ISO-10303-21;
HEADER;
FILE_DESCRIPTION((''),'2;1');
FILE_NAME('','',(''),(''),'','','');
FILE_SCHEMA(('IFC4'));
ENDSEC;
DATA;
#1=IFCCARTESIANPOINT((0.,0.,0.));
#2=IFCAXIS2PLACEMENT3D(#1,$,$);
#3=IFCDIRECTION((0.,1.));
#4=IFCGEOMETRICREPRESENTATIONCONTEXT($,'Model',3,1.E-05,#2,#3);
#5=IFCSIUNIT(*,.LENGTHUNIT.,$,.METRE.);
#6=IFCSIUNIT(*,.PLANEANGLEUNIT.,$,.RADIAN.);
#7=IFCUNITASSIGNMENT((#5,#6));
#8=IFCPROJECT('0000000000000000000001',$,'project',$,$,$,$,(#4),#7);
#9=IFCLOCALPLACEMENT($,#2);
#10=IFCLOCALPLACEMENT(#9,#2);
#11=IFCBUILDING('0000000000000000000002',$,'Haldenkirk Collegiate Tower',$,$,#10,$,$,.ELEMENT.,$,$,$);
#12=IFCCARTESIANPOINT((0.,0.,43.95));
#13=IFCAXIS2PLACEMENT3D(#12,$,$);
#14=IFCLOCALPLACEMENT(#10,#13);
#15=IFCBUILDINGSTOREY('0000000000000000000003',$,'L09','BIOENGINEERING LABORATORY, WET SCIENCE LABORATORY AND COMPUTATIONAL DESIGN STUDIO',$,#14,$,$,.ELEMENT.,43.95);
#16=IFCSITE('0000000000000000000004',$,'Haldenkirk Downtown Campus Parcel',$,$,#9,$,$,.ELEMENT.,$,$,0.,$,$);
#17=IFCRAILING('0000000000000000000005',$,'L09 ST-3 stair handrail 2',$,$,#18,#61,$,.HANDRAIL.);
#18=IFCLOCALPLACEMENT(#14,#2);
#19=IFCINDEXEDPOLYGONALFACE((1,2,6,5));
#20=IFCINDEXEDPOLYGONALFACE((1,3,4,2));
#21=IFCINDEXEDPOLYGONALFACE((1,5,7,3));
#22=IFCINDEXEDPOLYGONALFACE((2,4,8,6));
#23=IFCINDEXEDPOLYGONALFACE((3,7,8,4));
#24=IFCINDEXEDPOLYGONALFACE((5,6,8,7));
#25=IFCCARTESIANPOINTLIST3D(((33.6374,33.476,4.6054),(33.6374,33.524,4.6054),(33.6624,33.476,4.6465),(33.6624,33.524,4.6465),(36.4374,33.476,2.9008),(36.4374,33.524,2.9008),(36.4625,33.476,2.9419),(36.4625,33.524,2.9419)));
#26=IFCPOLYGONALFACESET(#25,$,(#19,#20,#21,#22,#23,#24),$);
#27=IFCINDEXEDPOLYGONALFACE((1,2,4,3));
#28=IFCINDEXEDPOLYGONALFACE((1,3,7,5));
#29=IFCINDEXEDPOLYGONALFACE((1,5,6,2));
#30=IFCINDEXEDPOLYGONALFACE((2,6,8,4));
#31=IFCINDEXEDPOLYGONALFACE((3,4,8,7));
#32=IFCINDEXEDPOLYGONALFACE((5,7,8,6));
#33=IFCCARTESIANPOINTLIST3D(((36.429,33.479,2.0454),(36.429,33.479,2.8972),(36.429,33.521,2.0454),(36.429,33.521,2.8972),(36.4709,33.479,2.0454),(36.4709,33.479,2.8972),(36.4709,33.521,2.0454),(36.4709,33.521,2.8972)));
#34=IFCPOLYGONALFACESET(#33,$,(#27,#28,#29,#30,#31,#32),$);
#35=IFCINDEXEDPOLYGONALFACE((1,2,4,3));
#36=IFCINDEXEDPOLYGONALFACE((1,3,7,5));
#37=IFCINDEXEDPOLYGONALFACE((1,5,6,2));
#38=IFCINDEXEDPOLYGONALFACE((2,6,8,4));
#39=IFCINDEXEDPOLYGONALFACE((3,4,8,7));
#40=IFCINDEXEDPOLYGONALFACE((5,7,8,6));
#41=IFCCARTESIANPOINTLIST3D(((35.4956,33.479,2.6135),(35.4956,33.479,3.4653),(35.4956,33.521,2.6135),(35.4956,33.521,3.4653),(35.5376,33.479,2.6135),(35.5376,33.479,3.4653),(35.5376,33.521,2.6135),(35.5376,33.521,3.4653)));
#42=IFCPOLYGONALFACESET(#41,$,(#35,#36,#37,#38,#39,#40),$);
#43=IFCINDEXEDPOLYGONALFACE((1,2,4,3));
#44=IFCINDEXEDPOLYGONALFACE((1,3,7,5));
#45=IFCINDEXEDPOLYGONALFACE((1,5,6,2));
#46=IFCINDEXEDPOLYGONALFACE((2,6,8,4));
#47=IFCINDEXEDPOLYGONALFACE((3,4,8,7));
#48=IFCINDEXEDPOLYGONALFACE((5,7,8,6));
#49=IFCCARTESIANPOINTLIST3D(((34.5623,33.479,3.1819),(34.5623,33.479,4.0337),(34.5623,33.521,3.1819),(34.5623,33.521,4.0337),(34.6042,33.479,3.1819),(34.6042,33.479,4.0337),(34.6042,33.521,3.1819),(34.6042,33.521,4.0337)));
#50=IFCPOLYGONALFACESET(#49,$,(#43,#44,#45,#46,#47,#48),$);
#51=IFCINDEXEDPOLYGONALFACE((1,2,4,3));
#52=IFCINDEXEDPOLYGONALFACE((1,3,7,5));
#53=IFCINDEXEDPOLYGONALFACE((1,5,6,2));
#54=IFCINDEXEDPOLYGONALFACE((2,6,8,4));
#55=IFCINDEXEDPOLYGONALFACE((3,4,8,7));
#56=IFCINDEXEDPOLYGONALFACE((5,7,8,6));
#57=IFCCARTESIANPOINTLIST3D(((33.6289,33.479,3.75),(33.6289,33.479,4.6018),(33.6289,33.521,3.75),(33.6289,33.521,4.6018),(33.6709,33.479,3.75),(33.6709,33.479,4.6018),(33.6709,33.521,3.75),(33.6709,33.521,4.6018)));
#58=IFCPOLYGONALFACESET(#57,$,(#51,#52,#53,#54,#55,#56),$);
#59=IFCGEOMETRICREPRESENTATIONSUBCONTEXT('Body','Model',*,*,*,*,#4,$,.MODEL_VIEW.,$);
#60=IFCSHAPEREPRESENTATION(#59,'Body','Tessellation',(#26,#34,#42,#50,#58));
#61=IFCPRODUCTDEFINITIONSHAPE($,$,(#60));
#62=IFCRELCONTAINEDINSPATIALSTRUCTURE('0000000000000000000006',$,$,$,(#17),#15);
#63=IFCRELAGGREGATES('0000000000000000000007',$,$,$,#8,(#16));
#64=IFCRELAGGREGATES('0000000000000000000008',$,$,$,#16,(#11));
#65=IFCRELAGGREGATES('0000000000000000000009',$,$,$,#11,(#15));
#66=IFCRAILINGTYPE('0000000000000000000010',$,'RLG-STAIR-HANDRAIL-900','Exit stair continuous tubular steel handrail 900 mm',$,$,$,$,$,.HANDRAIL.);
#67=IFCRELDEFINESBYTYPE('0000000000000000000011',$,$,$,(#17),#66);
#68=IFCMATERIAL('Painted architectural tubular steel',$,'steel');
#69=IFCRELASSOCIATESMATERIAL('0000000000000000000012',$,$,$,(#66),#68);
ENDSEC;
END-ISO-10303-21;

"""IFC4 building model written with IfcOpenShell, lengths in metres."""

from ifc_helpers import new_model, si_unit, direction, frame, origin, origin_2d, place, context, subcontext, project, spatial, rectangle, extrude, material, type_object, element, save


model = new_model("IFC4")

# Units and contexts
model_context = context("Model", 3, precision=1e-05, world=origin(), true_north=direction((0.0, 1.0)))
body_context = subcontext(model_context, "Body", "Model", "MODEL_VIEW")
ifc_project = project(units=[si_unit("LENGTHUNIT", "METRE"), si_unit("PLANEANGLEUNIT", "RADIAN")], contexts=[model_context])

# Site, building, storey
site_placement = place(None, origin())
site = spatial("IfcSite", under=ifc_project, at=site_placement, Name="Haldenkirk Downtown Campus Parcel", CompositionType="ELEMENT", RefElevation=0.0)
building_placement = place(site_placement, origin())
building = spatial("IfcBuilding", under=site, at=building_placement, Name="Haldenkirk Collegiate Tower", CompositionType="ELEMENT")
storey_placement = place(building_placement, frame((0.0, 0.0, 43.95)))
storey = spatial("IfcBuildingStorey", under=building, at=storey_placement, Name="L09", Description="BIOENGINEERING LABORATORY, WET SCIENCE LABORATORY AND COMPUTATIONAL DESIGN STUDIO", CompositionType="ELEMENT", Elevation=43.95)

# Railing
ifc_material_1 = material(Name="Painted architectural tubular steel", Category="steel")
railing_type_1 = type_object("IfcRailingType", Name="RLG-STAIR-HANDRAIL-900", Description="Exit stair continuous tubular steel handrail 900 mm", PredefinedType="HANDRAIL", material=ifc_material_1)
railing_1_placement = place(storey_placement, frame((36.45, 33.5, 2.0454)))
element("IfcRailing", 1, at=railing_1_placement, inside=storey, type_object=railing_type_1, Name="L09 ST-3 stair handrail 2", PredefinedType="HANDRAIL", context=body_context, shape_type="SweptSolid", body=[
    extrude(rectangle(XDim=0.0481, YDim=0.0481, at=origin_2d()), frame((0.0, 0.0, 0.876), z_axis=(-0.85417, 0.0, 0.519994), x_axis=(0.0, -1.0, 0.0)), (0.0, 0.0, 1.0), 3.2781),
    extrude(rectangle(XDim=0.042, YDim=0.042, at=origin_2d()), origin(), (0.0, 0.0, 1.0), 0.8518),
    extrude(rectangle(XDim=0.042, YDim=0.042, at=origin_2d()), frame((-0.9333, 0.0, 0.5681)), (0.0, 0.0, 1.0), 0.8518),
    extrude(rectangle(XDim=0.042, YDim=0.042, at=origin_2d()), frame((-1.8667, 0.0, 1.1365)), (0.0, 0.0, 1.0), 0.8518),
    extrude(rectangle(XDim=0.042, YDim=0.042, at=origin_2d()), frame((-2.8, 0.0, 1.7046)), (0.0, 0.0, 1.0), 0.8518),
])

save(model, "model.ifc")
